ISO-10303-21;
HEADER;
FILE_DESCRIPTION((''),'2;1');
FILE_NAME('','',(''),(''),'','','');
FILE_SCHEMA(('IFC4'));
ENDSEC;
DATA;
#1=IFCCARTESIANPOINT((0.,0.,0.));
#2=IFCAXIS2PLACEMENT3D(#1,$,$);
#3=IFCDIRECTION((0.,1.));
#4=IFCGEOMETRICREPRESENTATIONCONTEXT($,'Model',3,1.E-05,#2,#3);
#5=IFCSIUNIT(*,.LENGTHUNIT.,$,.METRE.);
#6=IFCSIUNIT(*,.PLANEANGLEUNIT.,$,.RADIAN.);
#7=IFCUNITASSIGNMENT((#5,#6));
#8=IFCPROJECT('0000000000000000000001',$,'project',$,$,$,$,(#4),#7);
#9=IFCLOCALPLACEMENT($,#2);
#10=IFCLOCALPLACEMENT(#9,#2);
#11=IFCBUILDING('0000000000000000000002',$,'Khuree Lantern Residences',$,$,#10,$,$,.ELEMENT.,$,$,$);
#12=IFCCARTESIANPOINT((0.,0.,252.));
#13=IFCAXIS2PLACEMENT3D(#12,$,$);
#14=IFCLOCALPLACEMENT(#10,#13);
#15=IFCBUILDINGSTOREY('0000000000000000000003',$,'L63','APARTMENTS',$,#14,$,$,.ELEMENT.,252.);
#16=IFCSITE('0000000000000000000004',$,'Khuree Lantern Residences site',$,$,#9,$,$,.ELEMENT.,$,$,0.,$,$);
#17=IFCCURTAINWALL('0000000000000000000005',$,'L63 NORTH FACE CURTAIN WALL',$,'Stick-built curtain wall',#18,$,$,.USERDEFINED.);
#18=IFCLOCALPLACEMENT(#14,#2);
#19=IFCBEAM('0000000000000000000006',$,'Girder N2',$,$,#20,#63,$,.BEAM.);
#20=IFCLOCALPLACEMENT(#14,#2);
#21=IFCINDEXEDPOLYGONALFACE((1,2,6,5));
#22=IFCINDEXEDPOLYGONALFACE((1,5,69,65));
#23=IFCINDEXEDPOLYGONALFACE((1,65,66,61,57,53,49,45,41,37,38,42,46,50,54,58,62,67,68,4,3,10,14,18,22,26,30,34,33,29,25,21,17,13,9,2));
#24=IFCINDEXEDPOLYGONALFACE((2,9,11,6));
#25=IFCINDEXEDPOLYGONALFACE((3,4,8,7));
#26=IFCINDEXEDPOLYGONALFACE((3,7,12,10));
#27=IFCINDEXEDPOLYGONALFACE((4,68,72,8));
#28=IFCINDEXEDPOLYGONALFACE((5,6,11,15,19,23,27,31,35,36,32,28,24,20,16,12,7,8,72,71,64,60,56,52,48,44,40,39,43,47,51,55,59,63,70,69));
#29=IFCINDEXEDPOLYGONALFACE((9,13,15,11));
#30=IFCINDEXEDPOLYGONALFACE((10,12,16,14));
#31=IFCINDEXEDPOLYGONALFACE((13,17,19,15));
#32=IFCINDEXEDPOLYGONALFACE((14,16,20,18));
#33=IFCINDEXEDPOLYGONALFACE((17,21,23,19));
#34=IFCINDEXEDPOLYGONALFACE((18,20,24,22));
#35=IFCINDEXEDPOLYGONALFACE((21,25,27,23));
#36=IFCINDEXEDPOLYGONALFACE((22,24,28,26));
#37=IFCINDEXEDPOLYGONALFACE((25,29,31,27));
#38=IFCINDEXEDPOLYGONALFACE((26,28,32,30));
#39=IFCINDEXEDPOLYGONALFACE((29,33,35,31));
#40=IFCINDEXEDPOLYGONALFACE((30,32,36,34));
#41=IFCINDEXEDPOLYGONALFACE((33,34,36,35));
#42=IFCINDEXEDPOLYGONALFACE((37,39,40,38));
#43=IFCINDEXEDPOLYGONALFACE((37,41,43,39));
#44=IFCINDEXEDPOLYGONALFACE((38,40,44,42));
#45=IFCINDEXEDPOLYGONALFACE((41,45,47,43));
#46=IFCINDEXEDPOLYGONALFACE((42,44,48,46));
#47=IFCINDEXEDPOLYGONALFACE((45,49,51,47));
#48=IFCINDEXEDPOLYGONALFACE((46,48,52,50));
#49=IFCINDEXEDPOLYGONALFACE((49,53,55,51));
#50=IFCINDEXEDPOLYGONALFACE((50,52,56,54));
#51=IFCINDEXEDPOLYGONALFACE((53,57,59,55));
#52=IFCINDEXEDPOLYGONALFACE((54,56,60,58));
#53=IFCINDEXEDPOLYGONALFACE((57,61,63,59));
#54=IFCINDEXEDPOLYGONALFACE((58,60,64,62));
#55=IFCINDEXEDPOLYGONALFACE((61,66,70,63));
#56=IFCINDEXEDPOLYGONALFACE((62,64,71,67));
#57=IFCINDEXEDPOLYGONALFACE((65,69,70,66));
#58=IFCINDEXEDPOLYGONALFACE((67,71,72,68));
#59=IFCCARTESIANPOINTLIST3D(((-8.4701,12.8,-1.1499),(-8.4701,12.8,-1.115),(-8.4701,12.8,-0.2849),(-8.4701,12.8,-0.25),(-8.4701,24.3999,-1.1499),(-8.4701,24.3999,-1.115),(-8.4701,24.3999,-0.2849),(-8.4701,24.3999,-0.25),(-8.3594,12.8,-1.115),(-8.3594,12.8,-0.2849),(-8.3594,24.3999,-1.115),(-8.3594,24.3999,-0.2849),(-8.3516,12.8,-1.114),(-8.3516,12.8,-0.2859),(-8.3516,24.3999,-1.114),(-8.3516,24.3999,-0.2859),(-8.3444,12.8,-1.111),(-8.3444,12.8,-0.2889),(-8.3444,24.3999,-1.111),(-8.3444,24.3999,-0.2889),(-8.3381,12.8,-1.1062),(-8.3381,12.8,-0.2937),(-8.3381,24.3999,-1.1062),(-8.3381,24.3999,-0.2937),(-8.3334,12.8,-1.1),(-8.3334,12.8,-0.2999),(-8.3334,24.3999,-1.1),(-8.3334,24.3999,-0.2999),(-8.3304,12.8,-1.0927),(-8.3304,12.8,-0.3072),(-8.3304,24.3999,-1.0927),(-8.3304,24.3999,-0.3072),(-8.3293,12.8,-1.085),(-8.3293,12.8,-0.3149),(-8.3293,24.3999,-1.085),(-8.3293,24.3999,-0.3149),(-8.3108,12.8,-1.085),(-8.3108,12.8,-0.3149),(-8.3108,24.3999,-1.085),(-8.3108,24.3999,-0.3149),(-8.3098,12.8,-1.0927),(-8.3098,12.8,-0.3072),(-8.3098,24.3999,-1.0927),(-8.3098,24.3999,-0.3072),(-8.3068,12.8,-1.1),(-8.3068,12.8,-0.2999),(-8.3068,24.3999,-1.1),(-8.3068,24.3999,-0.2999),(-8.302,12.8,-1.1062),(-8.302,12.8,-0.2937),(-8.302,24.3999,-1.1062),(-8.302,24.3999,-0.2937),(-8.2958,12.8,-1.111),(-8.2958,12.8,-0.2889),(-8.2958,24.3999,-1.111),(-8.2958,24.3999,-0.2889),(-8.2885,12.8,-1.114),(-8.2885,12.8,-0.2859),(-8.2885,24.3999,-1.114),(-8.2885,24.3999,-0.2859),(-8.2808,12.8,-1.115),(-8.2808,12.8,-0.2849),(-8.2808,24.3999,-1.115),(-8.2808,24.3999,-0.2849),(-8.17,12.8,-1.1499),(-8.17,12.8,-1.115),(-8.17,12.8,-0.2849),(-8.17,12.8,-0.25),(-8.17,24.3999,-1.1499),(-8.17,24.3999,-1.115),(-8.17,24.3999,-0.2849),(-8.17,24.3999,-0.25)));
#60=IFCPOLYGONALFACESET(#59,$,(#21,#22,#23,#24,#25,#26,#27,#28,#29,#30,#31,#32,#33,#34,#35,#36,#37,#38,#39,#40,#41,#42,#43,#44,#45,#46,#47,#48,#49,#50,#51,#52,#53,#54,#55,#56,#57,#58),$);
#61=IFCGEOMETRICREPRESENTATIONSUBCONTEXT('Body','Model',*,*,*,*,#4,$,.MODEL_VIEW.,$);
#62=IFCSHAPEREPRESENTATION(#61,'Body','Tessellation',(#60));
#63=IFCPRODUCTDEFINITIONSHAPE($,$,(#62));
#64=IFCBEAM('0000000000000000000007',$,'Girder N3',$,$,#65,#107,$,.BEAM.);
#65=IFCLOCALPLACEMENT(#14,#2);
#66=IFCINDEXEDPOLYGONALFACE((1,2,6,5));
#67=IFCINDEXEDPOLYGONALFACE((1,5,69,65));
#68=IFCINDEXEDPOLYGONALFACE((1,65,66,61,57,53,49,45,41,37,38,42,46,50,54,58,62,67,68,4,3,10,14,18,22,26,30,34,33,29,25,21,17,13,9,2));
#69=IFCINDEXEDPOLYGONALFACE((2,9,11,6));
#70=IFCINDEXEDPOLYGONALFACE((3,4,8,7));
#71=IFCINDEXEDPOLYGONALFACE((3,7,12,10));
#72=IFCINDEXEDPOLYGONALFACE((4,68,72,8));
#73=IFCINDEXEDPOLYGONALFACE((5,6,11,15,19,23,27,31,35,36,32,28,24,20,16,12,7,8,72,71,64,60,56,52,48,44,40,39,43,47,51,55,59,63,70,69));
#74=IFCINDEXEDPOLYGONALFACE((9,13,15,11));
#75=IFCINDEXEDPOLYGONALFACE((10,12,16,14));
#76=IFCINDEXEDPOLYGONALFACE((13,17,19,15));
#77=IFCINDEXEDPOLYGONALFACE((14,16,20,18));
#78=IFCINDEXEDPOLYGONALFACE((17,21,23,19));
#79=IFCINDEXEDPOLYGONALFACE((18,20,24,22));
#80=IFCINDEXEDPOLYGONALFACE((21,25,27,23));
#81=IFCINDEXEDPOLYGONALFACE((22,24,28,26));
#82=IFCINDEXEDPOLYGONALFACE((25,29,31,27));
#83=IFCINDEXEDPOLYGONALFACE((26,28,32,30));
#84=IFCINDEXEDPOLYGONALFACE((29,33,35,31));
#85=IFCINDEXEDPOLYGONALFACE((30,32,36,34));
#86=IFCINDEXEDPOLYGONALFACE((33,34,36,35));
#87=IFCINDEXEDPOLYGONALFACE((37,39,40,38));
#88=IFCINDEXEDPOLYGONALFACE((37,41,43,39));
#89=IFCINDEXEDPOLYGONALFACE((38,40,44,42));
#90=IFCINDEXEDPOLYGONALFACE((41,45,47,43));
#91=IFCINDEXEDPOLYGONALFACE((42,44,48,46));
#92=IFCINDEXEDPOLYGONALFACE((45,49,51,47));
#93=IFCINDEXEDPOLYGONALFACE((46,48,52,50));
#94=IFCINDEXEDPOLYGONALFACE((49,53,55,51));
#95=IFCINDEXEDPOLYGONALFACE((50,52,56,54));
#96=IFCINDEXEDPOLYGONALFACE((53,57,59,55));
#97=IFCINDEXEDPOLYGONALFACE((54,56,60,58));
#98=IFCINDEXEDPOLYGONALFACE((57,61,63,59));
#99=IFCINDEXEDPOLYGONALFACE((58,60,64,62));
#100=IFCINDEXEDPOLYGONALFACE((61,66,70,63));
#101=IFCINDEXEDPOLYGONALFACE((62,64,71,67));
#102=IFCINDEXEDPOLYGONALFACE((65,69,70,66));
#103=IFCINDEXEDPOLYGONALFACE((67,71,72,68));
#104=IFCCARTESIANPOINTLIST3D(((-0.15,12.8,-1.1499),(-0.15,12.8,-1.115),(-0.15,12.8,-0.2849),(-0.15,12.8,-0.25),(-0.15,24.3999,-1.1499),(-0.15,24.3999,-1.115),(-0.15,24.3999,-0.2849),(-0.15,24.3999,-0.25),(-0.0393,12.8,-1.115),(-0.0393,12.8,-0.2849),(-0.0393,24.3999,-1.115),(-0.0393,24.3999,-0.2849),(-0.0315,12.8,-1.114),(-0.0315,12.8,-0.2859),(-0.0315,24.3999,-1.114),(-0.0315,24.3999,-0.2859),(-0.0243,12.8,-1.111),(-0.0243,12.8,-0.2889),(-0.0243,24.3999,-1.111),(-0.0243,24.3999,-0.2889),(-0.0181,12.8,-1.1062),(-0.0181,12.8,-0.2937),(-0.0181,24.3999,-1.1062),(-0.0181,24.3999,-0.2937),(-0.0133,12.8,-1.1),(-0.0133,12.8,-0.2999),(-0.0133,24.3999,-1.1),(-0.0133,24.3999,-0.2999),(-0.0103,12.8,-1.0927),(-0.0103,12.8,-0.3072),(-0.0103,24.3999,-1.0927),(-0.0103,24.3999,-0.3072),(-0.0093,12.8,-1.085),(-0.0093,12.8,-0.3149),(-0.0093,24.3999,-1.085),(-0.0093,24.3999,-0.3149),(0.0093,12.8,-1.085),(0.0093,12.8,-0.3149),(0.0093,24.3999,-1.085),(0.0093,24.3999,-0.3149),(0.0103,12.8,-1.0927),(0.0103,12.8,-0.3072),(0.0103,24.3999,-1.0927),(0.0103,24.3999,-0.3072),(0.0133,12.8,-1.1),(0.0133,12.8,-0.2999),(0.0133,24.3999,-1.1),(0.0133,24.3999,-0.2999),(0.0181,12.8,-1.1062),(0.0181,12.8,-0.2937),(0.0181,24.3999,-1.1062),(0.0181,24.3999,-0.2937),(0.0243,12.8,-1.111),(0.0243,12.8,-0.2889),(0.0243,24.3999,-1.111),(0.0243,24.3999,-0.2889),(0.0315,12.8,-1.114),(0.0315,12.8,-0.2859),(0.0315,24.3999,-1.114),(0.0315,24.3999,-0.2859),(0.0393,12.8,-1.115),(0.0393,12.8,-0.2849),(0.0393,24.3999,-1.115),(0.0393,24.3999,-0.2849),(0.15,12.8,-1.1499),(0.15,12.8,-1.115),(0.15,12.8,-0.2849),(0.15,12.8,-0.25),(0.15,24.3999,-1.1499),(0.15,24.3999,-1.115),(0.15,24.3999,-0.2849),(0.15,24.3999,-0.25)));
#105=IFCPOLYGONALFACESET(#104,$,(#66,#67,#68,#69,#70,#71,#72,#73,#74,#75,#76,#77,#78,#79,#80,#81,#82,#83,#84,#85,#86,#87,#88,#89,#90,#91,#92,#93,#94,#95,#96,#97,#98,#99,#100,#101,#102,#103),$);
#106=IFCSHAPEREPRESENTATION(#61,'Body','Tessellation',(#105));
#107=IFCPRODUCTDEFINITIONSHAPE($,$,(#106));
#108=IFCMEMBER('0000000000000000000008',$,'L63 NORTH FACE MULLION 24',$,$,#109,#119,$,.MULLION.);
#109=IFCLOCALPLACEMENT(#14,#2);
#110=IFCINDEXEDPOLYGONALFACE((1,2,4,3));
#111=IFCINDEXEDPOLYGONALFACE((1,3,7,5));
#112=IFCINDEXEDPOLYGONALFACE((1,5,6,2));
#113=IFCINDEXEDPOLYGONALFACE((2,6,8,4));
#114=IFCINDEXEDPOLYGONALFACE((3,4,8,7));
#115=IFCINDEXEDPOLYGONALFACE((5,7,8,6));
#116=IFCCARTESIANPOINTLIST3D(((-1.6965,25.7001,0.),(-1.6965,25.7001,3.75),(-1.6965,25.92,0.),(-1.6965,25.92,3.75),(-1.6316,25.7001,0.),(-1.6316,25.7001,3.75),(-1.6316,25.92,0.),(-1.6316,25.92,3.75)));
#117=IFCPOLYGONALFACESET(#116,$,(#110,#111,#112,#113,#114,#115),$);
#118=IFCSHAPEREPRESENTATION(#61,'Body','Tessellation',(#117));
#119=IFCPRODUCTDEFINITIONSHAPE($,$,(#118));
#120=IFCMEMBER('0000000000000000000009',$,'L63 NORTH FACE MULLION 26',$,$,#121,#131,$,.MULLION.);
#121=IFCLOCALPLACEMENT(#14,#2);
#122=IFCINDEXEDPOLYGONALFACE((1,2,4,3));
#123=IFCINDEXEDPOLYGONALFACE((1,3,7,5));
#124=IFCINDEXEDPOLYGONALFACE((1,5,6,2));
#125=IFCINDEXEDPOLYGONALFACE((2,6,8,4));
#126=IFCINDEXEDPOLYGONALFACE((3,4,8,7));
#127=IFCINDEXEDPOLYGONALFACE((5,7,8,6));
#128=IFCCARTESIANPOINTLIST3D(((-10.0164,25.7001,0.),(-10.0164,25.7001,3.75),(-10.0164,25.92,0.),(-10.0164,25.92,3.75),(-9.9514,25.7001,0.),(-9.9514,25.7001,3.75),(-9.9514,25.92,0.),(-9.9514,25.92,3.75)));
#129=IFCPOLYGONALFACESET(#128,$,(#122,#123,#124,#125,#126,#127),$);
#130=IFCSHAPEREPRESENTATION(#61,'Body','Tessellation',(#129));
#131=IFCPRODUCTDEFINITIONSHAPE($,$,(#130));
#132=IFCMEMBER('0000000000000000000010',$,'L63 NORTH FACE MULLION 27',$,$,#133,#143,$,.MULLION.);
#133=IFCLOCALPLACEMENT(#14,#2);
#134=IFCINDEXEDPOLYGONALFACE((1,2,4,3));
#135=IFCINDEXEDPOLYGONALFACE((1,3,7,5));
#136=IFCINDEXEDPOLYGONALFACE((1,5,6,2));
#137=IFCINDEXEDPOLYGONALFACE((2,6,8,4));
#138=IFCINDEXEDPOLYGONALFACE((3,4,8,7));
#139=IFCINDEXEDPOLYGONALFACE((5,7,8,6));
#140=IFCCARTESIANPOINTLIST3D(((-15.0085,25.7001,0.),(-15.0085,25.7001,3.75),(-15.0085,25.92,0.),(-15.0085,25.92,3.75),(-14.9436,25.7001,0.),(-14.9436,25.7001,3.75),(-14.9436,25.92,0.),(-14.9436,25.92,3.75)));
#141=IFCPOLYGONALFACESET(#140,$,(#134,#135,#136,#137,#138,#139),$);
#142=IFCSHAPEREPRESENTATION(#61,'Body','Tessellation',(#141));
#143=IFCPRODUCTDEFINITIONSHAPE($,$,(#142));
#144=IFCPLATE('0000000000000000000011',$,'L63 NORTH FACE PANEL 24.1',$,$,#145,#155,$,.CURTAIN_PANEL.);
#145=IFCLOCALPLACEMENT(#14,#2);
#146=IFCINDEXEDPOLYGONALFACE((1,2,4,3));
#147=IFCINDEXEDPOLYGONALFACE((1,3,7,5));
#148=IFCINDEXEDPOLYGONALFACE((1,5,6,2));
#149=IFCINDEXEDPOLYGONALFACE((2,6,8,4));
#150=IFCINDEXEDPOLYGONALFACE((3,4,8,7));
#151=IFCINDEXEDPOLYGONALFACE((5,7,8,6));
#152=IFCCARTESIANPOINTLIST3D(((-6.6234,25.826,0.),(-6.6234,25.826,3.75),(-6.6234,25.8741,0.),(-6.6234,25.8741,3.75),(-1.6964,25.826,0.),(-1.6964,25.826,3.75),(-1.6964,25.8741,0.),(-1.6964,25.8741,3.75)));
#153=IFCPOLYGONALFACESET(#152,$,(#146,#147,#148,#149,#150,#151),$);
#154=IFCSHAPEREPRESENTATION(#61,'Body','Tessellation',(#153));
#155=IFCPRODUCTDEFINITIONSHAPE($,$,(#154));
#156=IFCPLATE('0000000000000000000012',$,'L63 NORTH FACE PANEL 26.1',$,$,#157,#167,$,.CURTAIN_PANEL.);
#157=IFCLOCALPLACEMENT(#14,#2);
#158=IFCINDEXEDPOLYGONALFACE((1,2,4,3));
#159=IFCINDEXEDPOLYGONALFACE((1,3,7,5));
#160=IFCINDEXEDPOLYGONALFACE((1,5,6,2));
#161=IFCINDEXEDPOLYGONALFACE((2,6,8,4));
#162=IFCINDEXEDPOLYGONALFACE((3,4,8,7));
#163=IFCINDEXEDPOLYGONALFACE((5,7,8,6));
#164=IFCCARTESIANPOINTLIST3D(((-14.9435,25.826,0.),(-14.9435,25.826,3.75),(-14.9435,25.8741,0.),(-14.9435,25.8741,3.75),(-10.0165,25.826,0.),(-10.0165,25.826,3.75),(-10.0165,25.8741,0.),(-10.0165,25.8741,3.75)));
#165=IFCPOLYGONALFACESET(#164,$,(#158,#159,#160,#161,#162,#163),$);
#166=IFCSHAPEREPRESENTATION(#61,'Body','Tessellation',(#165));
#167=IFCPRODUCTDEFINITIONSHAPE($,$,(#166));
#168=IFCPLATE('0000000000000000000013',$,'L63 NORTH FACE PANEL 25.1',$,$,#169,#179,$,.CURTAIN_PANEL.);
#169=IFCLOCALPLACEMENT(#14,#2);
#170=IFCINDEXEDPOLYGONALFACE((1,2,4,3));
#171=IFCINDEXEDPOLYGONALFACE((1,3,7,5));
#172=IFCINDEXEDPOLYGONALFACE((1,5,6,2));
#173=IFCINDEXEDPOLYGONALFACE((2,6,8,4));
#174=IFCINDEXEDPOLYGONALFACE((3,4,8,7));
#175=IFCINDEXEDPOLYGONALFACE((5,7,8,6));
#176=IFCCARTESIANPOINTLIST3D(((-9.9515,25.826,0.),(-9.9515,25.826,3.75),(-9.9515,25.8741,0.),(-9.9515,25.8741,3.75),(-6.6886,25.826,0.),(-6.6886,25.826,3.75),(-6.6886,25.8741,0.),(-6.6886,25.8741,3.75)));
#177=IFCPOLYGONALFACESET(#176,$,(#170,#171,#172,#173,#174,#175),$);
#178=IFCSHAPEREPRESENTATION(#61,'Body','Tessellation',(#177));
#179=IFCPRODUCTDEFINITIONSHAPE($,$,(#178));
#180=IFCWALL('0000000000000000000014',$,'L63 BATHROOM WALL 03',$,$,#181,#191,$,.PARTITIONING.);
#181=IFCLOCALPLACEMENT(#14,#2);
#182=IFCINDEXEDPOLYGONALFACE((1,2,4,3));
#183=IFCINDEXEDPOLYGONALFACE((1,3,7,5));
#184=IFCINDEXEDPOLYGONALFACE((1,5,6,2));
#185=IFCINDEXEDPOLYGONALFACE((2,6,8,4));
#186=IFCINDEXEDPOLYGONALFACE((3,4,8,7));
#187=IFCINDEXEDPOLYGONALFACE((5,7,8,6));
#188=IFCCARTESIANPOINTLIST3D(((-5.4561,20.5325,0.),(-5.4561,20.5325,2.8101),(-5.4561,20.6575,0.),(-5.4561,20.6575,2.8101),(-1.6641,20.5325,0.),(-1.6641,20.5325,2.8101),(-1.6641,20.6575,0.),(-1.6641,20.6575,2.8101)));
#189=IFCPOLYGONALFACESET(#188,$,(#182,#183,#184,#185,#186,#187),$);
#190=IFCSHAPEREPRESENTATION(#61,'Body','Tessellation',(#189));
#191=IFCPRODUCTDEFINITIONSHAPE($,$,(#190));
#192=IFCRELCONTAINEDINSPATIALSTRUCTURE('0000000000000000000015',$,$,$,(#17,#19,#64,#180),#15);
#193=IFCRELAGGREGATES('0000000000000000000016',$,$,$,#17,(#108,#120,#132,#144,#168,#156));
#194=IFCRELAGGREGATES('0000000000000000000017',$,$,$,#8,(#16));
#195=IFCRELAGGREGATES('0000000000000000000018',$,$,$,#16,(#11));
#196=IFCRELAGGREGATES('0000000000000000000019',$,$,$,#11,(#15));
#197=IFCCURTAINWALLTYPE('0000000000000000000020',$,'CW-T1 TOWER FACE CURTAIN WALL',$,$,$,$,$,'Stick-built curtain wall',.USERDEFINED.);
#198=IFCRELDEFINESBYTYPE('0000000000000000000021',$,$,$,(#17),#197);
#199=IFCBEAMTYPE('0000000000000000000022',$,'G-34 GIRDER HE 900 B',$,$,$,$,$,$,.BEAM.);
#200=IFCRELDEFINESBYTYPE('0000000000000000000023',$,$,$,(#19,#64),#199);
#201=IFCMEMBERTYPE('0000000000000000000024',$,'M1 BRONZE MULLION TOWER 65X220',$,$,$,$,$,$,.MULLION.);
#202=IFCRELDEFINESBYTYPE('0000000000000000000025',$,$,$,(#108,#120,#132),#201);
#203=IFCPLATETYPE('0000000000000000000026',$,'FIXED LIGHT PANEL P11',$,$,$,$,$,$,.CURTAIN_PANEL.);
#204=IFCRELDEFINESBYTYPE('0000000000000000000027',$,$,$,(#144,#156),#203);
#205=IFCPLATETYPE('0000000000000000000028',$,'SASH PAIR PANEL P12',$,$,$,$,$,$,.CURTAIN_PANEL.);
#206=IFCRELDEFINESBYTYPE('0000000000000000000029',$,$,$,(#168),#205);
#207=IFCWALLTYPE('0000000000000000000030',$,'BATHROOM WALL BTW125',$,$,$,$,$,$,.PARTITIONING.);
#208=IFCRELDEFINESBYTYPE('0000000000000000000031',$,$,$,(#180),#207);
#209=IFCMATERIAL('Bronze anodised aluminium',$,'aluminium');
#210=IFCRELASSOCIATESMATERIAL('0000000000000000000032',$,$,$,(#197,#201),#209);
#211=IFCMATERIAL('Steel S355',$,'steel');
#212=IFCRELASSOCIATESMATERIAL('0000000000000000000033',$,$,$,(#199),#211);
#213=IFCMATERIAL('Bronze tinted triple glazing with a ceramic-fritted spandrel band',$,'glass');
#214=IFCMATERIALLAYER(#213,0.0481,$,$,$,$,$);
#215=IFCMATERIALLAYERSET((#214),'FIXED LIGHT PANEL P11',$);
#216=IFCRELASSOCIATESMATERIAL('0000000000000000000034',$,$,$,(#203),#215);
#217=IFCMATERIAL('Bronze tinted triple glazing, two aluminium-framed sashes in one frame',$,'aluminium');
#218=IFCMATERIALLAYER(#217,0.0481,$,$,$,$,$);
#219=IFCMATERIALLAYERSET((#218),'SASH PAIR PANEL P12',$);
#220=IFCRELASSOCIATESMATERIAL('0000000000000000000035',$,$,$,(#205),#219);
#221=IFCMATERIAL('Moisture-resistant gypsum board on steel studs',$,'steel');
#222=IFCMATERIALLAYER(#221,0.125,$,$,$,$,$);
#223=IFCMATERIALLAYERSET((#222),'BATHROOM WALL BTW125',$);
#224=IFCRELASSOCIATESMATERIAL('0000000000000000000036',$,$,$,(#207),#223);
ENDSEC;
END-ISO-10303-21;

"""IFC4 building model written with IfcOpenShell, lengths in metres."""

from ifc_helpers import new_model, si_unit, direction, frame, frame_2d, origin, origin_2d, place, context, subcontext, project, spatial, rectangle, i_section, extrude, material, layer, layer_set, material_profile, profile_set, type_object, element, aggregate, save


model = new_model("IFC4")

# Units and contexts
model_context = context("Model", 3, precision=1e-05, world=origin(), true_north=direction((0.0, 1.0)))
body_context = subcontext(model_context, "Body", "Model", "MODEL_VIEW")
ifc_project = project(units=[si_unit("LENGTHUNIT", "METRE"), si_unit("PLANEANGLEUNIT", "RADIAN")], contexts=[model_context])

# Site, building, storey
site_placement = place(None, origin())
site = spatial("IfcSite", under=ifc_project, at=site_placement, Name="Khuree Lantern Residences site", CompositionType="ELEMENT", RefElevation=0.0)
building_placement = place(site_placement, origin())
building = spatial("IfcBuilding", under=site, at=building_placement, Name="Khuree Lantern Residences", CompositionType="ELEMENT")
storey_placement = place(building_placement, frame((0.0, 0.0, 252.0)))
storey = spatial("IfcBuildingStorey", under=building, at=storey_placement, Name="L63", Description="APARTMENTS", CompositionType="ELEMENT", Elevation=252.0)

# Shared definitions
ifc_material_1 = material(Name="Steel S355", Category="steel")

# Curtain wall
ifc_material_2 = material(Name="Bronze anodised aluminium", Category="aluminium")
curtain_wall_type = type_object("IfcCurtainWallType", Name="CW-T1 TOWER FACE CURTAIN WALL", ElementType="Stick-built curtain wall", PredefinedType="USERDEFINED", material=ifc_material_2)
curtain_wall_placement = place(storey_placement, origin())
curtain_wall = element("IfcCurtainWall", 1, at=curtain_wall_placement, inside=storey, type_object=curtain_wall_type, Name="L63 NORTH FACE CURTAIN WALL", ObjectType="Stick-built curtain wall", PredefinedType="USERDEFINED")

# Beams
ifc_material_profile_1 = material_profile(ifc_material_1, i_section(OverallWidth=0.3, OverallDepth=0.8999, WebThickness=0.0186, FlangeThickness=0.0349, FilletRadius=0.03, at=origin_2d()), Name="HE 900 B")
ifc_profile_set_1 = profile_set([ifc_material_profile_1], Name="Steel S355")
beam_type_1 = type_object("IfcBeamType", Name="G-34 GIRDER HE 900 B", PredefinedType="BEAM", material=ifc_profile_set_1)
for number, where, z_axis, x_axis, name in (
    (2, (-8.3201, 24.3999, -0.7), (0.0, -1.0, 0.0), (1.0, 0.0, 0.0), "Girder N2"),
    (3, (0.0, 24.3999, -0.7), (0.0, -1.0, 0.0), (1.0, 0.0, 0.0), "Girder N3"),
):
    element("IfcBeam", number, at=place(storey_placement, frame(where, z_axis=z_axis, x_axis=x_axis)), inside=storey, type_object=beam_type_1, Name=name, PredefinedType="BEAM", context=body_context, shape_type="SweptSolid", body=[
        extrude(i_section(OverallWidth=0.3, OverallDepth=0.8999, WebThickness=0.0186, FlangeThickness=0.0349, FilletRadius=0.03, at=origin_2d()), origin(), (0.0, 0.0, 1.0), 11.5999),
    ])

# Members
ifc_material_profile_2 = material_profile(ifc_material_2, rectangle(XDim=0.0649, YDim=0.22, at=origin_2d()), Name="M1 65X220")
ifc_profile_set_2 = profile_set([ifc_material_profile_2], Name="Bronze anodised aluminium")
member_type_1 = type_object("IfcMemberType", Name="M1 BRONZE MULLION TOWER 65X220", PredefinedType="MULLION", material=ifc_profile_set_2)
member_1_placement = place(storey_placement, frame((-1.6641, 25.8101, 0.0), z_axis=(0.0, 0.0, 1.0), x_axis=(-1.0, 0.0, 0.0)))
member_1 = element("IfcMember", 4, at=member_1_placement, type_object=member_type_1, Name="L63 NORTH FACE MULLION 24", PredefinedType="MULLION", context=body_context, shape_type="SweptSolid", body=[
    extrude(rectangle(XDim=0.0649, YDim=0.22, at=origin_2d()), origin(), (0.0, 0.0, 1.0), 3.75),
])
member_2_placement = place(storey_placement, frame((-9.9839, 25.8101, 0.0), z_axis=(0.0, 0.0, 1.0), x_axis=(-1.0, 0.0, 0.0)))
member_2 = element("IfcMember", 5, at=member_2_placement, type_object=member_type_1, Name="L63 NORTH FACE MULLION 26", PredefinedType="MULLION", context=body_context, shape_type="SweptSolid", body=[
    extrude(rectangle(XDim=0.0649, YDim=0.22, at=origin_2d()), origin(), (0.0, 0.0, 1.0), 3.75),
])
member_3_placement = place(storey_placement, frame((-14.9761, 25.8101, 0.0), z_axis=(0.0, 0.0, 1.0), x_axis=(-1.0, 0.0, 0.0)))
member_3 = element("IfcMember", 6, at=member_3_placement, type_object=member_type_1, Name="L63 NORTH FACE MULLION 27", PredefinedType="MULLION", context=body_context, shape_type="SweptSolid", body=[
    extrude(rectangle(XDim=0.0649, YDim=0.22, at=origin_2d()), origin(), (0.0, 0.0, 1.0), 3.75),
])

# Plates
ifc_material_3 = material(Name="Bronze tinted triple glazing with a ceramic-fritted spandrel band", Category="glass")
ifc_layer_1 = layer(ifc_material_3, 0.0481)
ifc_layer_set_1 = layer_set([ifc_layer_1], Name="FIXED LIGHT PANEL P11")
plate_type_1 = type_object("IfcPlateType", Name="FIXED LIGHT PANEL P11", PredefinedType="CURTAIN_PANEL", material=ifc_layer_set_1)
plate_1_placement = place(storey_placement, frame((-4.1599, 25.8501, 0.0), z_axis=(0.0, 0.0, 1.0), x_axis=(-1.0, 0.0, 0.0)))
plate_1 = element("IfcPlate", 7, at=plate_1_placement, type_object=plate_type_1, Name="L63 NORTH FACE PANEL 24.1", PredefinedType="CURTAIN_PANEL", context=body_context, shape_type="SweptSolid", body=[
    extrude(rectangle(XDim=4.927, YDim=0.0481, at=origin_2d()), origin(), (0.0, 0.0, 1.0), 3.75),
])
plate_2_placement = place(storey_placement, frame((-12.48, 25.8501, 0.0), z_axis=(0.0, 0.0, 1.0), x_axis=(-1.0, 0.0, 0.0)))
plate_2 = element("IfcPlate", 8, at=plate_2_placement, type_object=plate_type_1, Name="L63 NORTH FACE PANEL 26.1", PredefinedType="CURTAIN_PANEL", context=body_context, shape_type="SweptSolid", body=[
    extrude(rectangle(XDim=4.927, YDim=0.0481, at=origin_2d()), origin(), (0.0, 0.0, 1.0), 3.75),
])
ifc_material_4 = material(Name="Bronze tinted triple glazing, two aluminium-framed sashes in one frame", Category="aluminium")
ifc_layer_2 = layer(ifc_material_4, 0.0481)
ifc_layer_set_2 = layer_set([ifc_layer_2], Name="SASH PAIR PANEL P12")
plate_type_2 = type_object("IfcPlateType", Name="SASH PAIR PANEL P12", PredefinedType="CURTAIN_PANEL", material=ifc_layer_set_2)
plate_3_placement = place(storey_placement, frame((-8.3201, 25.8501, 0.0), z_axis=(0.0, 0.0, 1.0), x_axis=(-1.0, 0.0, 0.0)))
plate_3 = element("IfcPlate", 9, at=plate_3_placement, type_object=plate_type_2, Name="L63 NORTH FACE PANEL 25.1", PredefinedType="CURTAIN_PANEL", context=body_context, shape_type="SweptSolid", body=[
    extrude(rectangle(XDim=3.2629, YDim=0.0481, at=origin_2d()), origin(), (0.0, 0.0, 1.0), 3.75),
])
aggregate(curtain_wall, [member_1, member_2, member_3, plate_1, plate_3, plate_2])

# Wall
ifc_material_5 = material(Name="Moisture-resistant gypsum board on steel studs", Category="steel")
ifc_layer_3 = layer(ifc_material_5, 0.125)
ifc_layer_set_3 = layer_set([ifc_layer_3], Name="BATHROOM WALL BTW125")
wall_type_1 = type_object("IfcWallType", Name="BATHROOM WALL BTW125", PredefinedType="PARTITIONING", material=ifc_layer_set_3)
wall_1_placement = place(storey_placement, frame((-1.6641, 20.595, 0.0), z_axis=(0.0, 0.0, 1.0), x_axis=(-1.0, 0.0, 0.0)))
element("IfcWall", 10, at=wall_1_placement, inside=storey, type_object=wall_type_1, Name="L63 BATHROOM WALL 03", PredefinedType="PARTITIONING", context=body_context, shape_type="SweptSolid", body=[
    extrude(rectangle(XDim=3.792, YDim=0.125, at=frame_2d((1.896, 0.0))), origin(), (0.0, 0.0, 1.0), 2.8101),
])

save(model, "model.ifc")
